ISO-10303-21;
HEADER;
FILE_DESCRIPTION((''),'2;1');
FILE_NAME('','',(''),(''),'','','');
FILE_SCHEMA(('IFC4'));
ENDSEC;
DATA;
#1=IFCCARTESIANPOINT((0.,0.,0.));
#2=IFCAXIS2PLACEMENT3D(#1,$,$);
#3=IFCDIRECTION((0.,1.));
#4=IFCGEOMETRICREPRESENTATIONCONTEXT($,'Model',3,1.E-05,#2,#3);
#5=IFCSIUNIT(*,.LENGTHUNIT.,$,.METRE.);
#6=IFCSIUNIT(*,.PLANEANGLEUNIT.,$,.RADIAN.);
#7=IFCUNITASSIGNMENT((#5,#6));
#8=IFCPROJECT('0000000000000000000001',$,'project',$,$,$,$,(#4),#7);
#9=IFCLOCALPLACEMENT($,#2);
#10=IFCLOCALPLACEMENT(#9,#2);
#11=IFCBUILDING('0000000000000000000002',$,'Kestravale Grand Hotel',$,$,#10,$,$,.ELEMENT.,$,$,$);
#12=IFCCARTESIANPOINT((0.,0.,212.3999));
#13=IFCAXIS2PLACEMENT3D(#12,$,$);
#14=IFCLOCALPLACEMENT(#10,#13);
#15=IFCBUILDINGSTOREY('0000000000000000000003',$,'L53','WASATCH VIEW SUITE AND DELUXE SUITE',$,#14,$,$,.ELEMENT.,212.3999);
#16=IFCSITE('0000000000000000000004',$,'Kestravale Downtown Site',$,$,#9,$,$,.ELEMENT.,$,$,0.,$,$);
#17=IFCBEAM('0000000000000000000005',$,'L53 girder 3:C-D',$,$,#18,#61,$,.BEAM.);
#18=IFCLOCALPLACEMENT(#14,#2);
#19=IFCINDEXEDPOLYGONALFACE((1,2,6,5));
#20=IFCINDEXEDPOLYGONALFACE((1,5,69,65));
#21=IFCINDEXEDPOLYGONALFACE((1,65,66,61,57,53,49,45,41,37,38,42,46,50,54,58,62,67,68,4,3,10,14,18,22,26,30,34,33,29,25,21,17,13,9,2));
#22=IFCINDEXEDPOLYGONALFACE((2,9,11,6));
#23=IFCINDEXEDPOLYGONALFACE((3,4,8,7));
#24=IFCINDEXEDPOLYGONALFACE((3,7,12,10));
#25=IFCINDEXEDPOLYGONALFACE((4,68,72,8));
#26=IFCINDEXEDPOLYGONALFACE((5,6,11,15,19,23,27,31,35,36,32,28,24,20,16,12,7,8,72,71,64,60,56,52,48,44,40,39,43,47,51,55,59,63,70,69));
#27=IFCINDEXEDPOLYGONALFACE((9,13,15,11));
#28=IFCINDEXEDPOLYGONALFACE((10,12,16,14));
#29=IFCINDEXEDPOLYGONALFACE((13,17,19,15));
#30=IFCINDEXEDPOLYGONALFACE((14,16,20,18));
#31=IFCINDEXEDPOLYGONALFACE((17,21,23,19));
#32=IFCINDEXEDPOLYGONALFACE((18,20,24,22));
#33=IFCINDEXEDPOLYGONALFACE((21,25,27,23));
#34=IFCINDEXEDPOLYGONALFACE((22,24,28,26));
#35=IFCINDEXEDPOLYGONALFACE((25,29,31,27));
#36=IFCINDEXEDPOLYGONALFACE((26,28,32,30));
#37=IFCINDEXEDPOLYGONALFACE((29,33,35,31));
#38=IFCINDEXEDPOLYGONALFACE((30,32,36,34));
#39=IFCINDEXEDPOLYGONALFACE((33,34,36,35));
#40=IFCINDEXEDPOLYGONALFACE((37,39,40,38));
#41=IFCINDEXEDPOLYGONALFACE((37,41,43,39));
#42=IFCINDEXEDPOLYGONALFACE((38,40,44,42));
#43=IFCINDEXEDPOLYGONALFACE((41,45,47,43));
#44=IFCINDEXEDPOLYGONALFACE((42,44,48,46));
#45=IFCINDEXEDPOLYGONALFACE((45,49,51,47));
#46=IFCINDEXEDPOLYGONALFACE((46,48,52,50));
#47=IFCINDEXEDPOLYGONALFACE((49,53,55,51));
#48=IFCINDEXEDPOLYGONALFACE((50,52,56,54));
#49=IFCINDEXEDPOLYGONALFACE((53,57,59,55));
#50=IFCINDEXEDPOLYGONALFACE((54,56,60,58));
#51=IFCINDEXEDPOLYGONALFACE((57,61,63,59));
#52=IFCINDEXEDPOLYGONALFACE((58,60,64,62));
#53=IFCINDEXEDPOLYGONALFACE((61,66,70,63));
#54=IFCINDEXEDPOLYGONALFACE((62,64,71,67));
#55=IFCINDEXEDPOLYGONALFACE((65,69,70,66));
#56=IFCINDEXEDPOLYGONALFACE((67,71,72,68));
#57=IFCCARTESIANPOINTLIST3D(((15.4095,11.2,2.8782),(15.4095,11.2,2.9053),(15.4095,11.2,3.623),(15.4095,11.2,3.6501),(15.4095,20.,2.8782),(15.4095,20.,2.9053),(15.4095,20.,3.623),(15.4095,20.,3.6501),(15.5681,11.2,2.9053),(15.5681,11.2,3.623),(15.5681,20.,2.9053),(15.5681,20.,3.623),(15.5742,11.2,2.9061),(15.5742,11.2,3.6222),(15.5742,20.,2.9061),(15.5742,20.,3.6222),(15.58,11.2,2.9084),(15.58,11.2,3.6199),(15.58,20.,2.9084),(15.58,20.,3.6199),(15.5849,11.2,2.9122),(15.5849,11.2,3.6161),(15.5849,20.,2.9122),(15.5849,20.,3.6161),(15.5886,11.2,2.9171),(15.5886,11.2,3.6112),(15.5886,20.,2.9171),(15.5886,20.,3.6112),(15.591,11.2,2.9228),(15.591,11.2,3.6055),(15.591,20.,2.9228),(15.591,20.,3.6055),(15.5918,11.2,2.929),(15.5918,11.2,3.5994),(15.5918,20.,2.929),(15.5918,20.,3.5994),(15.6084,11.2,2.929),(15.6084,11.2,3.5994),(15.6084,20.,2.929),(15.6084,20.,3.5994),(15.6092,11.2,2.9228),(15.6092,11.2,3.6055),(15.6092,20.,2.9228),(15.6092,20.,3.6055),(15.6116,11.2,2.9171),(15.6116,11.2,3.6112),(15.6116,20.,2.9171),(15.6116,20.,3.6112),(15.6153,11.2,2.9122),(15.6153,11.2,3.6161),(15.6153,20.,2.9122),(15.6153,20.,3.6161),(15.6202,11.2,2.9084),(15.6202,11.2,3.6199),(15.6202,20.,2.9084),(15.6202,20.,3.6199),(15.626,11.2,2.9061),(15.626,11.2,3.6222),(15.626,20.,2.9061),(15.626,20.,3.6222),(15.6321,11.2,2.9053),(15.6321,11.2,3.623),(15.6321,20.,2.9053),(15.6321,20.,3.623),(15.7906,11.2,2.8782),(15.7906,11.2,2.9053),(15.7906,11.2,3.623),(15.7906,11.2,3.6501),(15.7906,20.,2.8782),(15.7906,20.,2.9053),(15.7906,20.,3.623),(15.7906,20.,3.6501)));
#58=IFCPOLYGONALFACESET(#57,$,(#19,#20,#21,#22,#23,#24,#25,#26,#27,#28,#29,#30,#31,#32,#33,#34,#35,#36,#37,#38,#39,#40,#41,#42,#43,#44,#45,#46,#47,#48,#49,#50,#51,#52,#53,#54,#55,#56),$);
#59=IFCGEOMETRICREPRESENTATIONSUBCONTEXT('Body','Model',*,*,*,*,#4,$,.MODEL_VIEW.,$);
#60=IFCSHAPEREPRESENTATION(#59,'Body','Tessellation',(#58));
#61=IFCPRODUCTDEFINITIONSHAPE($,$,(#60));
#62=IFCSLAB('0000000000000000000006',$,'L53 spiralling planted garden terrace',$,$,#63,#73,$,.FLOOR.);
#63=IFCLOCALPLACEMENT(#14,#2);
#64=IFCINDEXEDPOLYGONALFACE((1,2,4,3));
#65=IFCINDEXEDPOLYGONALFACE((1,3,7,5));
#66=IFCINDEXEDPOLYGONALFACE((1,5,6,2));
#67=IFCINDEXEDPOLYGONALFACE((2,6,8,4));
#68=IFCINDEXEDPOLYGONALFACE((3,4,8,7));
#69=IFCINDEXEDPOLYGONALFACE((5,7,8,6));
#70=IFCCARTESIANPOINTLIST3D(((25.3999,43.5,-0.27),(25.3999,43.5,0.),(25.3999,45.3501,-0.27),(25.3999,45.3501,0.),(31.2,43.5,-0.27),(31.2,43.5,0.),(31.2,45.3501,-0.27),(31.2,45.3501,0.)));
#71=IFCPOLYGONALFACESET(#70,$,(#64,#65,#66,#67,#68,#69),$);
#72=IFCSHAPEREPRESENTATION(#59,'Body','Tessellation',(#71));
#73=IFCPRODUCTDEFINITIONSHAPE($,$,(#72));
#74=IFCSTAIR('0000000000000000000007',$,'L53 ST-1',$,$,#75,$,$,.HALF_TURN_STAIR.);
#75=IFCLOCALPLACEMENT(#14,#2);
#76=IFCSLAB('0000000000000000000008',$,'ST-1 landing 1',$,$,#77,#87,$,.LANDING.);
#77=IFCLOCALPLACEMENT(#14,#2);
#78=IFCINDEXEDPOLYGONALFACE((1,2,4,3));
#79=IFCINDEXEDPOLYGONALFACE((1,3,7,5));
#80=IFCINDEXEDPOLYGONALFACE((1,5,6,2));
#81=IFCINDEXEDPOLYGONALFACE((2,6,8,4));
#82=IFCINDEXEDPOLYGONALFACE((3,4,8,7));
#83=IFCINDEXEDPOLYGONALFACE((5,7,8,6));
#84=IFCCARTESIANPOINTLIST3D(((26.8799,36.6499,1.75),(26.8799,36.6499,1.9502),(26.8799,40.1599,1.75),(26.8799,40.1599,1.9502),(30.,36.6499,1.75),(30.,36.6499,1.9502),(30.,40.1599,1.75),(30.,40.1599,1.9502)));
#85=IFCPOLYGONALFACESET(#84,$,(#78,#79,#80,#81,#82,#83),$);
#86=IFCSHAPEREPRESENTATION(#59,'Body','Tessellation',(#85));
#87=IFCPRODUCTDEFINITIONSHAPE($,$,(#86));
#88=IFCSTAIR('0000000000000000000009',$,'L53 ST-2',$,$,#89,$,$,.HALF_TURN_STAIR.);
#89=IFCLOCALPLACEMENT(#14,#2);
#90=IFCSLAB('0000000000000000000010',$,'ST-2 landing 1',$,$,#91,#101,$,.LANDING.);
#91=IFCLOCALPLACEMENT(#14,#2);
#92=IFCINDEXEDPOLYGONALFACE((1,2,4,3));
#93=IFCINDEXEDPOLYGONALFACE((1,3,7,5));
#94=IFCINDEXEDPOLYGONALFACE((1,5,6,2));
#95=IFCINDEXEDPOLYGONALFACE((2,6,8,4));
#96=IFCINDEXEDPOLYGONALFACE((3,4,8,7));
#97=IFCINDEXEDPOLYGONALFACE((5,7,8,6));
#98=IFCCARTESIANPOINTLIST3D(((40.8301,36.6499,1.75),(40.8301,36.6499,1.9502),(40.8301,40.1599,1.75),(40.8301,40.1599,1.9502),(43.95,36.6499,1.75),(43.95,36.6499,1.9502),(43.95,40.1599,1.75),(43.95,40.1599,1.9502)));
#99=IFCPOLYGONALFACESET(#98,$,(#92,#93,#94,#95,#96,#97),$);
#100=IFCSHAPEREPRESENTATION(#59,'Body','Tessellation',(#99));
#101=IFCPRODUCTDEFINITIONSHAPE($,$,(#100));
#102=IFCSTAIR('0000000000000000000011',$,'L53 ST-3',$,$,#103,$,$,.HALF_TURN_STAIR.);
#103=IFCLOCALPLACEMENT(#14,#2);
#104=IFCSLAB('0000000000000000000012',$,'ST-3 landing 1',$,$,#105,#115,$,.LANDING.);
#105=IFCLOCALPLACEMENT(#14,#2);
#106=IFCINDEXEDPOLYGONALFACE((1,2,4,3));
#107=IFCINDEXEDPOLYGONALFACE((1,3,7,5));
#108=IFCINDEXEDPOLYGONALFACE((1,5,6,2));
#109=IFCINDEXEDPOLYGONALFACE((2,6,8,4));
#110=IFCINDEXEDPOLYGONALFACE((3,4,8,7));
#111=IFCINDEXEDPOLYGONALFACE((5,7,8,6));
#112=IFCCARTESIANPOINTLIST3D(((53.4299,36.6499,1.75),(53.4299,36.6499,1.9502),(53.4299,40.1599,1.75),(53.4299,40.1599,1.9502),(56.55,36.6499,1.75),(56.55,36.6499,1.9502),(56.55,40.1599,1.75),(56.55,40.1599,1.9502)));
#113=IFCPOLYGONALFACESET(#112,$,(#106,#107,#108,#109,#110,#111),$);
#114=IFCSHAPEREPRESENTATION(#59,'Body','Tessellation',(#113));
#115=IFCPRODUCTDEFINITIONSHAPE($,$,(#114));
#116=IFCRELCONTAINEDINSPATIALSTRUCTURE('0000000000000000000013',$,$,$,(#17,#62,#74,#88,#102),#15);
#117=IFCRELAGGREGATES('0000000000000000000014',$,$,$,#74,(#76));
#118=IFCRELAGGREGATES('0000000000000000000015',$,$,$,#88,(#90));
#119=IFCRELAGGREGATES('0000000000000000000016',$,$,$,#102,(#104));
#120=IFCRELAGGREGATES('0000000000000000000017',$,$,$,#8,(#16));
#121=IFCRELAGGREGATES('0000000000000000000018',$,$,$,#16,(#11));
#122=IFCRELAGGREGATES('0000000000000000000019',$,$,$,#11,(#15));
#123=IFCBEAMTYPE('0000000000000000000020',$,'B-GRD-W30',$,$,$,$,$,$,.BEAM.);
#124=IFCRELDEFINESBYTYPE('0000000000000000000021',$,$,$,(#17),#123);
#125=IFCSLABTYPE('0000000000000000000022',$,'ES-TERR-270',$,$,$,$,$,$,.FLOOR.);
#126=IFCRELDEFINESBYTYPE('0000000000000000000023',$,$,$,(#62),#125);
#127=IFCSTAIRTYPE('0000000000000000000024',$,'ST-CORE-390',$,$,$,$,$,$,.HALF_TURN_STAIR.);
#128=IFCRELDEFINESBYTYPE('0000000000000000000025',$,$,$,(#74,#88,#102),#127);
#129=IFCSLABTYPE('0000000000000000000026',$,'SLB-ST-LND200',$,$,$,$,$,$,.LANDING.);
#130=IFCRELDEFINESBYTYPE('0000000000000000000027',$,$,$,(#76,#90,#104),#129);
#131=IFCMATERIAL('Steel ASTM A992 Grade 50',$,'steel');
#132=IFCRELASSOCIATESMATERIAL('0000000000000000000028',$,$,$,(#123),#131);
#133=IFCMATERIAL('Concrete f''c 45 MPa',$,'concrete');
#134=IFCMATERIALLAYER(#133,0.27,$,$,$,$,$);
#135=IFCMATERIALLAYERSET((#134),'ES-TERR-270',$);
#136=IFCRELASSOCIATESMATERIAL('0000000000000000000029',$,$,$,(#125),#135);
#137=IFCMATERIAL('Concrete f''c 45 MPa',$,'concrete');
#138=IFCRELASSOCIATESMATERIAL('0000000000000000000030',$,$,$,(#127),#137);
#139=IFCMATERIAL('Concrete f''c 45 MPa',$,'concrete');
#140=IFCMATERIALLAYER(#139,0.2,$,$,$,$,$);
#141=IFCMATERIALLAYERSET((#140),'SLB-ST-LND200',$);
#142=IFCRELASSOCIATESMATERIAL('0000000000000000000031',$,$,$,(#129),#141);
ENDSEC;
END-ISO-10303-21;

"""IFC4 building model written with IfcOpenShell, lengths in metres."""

from ifc_helpers import new_model, si_unit, direction, frame, origin, origin_2d, place, context, subcontext, project, spatial, polyline, i_section, outline, extrude, material, layer, layer_set, material_profile, profile_set, type_object, element, aggregate, save


model = new_model("IFC4")

# Units and contexts
model_context = context("Model", 3, precision=1e-05, world=origin(), true_north=direction((0.0, 1.0)))
body_context = subcontext(model_context, "Body", "Model", "MODEL_VIEW")
ifc_project = project(units=[si_unit("LENGTHUNIT", "METRE"), si_unit("PLANEANGLEUNIT", "RADIAN")], contexts=[model_context])

# Site, building, storey
site_placement = place(None, origin())
site = spatial("IfcSite", under=ifc_project, at=site_placement, Name="Kestravale Downtown Site", CompositionType="ELEMENT", RefElevation=0.0)
building_placement = place(site_placement, origin())
building = spatial("IfcBuilding", under=site, at=building_placement, Name="Kestravale Grand Hotel", CompositionType="ELEMENT")
storey_placement = place(building_placement, frame((0.0, 0.0, 212.3999)))
storey = spatial("IfcBuildingStorey", under=building, at=storey_placement, Name="L53", Description="WASATCH VIEW SUITE AND DELUXE SUITE", CompositionType="ELEMENT", Elevation=212.3999)

# Beam
ifc_material_1 = material(Name="Steel ASTM A992 Grade 50", Category="steel")
ifc_material_profile_1 = material_profile(ifc_material_1, i_section(OverallWidth=0.3811, OverallDepth=0.772, WebThickness=0.0166, FlangeThickness=0.0271, FilletRadius=0.0237, at=origin_2d()))
ifc_profile_set_1 = profile_set([ifc_material_profile_1], Name="Steel ASTM A992 Grade 50")
beam_type_1 = type_object("IfcBeamType", Name="B-GRD-W30", PredefinedType="BEAM", material=ifc_profile_set_1)
beam_1_placement = place(storey_placement, frame((15.6001, 11.2, 3.2642), z_axis=(0.0, 1.0, 0.0), x_axis=(-1.0, 0.0, 0.0)))
element("IfcBeam", 1, at=beam_1_placement, inside=storey, type_object=beam_type_1, Name="L53 girder 3:C-D", PredefinedType="BEAM", context=body_context, shape_type="SweptSolid", body=[
    extrude(i_section(OverallWidth=0.3811, OverallDepth=0.772, WebThickness=0.0166, FlangeThickness=0.0271, FilletRadius=0.0237, at=origin_2d()), origin(), (0.0, 0.0, 1.0), 8.8),
])

# Slab
ifc_material_2 = material(Name="Concrete f'c 45 MPa", Category="concrete")
ifc_layer_1 = layer(ifc_material_2, 0.27)
ifc_layer_set_1 = layer_set([ifc_layer_1], Name="ES-TERR-270")
slab_type_1 = type_object("IfcSlabType", Name="ES-TERR-270", PredefinedType="FLOOR", material=ifc_layer_set_1)
slab_1_placement = place(storey_placement, frame((0.0, 0.0, -0.27)))
element("IfcSlab", 2, at=slab_1_placement, inside=storey, type_object=slab_type_1, Name="L53 spiralling planted garden terrace", PredefinedType="FLOOR", context=body_context, shape_type="SweptSolid", body=[
    extrude(outline(polyline([(25.3999, 43.5), (31.2, 43.5), (31.2, 45.3501), (25.3999, 45.3501), (25.3999, 43.5)])), origin(), (0.0, 0.0, 1.0), 0.27),
])

# Stairs, slabs
ifc_material_3 = material(Name="Concrete f'c 45 MPa", Category="concrete")
stair_type = type_object("IfcStairType", Name="ST-CORE-390", PredefinedType="HALF_TURN_STAIR", material=ifc_material_3)
stair_1_placement = place(storey_placement, origin())
stair_1 = element("IfcStair", 3, at=stair_1_placement, inside=storey, type_object=stair_type, Name="L53 ST-1", PredefinedType="HALF_TURN_STAIR")
ifc_material_4 = material(Name="Concrete f'c 45 MPa", Category="concrete")
ifc_layer_2 = layer(ifc_material_4, 0.2)
ifc_layer_set_2 = layer_set([ifc_layer_2], Name="SLB-ST-LND200")
slab_type_2 = type_object("IfcSlabType", Name="SLB-ST-LND200", PredefinedType="LANDING", material=ifc_layer_set_2)
slab_2_placement = place(storey_placement, frame((0.0, 0.0, 1.75)))
slab_2 = element("IfcSlab", 4, at=slab_2_placement, type_object=slab_type_2, Name="ST-1 landing 1", PredefinedType="LANDING", context=body_context, shape_type="SweptSolid", body=[
    extrude(outline(polyline([(26.8799, 36.6499), (30.0, 36.6499), (30.0, 40.1599), (26.8799, 40.1599), (26.8799, 36.6499)])), origin(), (0.0, 0.0, 1.0), 0.2002),
])
aggregate(stair_1, [slab_2])
stair_2_placement = place(storey_placement, origin())
stair_2 = element("IfcStair", 5, at=stair_2_placement, inside=storey, type_object=stair_type, Name="L53 ST-2", PredefinedType="HALF_TURN_STAIR")
slab_3_placement = place(storey_placement, frame((0.0, 0.0, 1.75)))
slab_3 = element("IfcSlab", 6, at=slab_3_placement, type_object=slab_type_2, Name="ST-2 landing 1", PredefinedType="LANDING", context=body_context, shape_type="SweptSolid", body=[
    extrude(outline(polyline([(40.8301, 36.6499), (43.95, 36.6499), (43.95, 40.1599), (40.8301, 40.1599), (40.8301, 36.6499)])), origin(), (0.0, 0.0, 1.0), 0.2002),
])
aggregate(stair_2, [slab_3])
stair_3_placement = place(storey_placement, origin())
stair_3 = element("IfcStair", 7, at=stair_3_placement, inside=storey, type_object=stair_type, Name="L53 ST-3", PredefinedType="HALF_TURN_STAIR")
slab_4_placement = place(storey_placement, frame((0.0, 0.0, 1.75)))
slab_4 = element("IfcSlab", 8, at=slab_4_placement, type_object=slab_type_2, Name="ST-3 landing 1", PredefinedType="LANDING", context=body_context, shape_type="SweptSolid", body=[
    extrude(outline(polyline([(53.4299, 36.6499), (56.55, 36.6499), (56.55, 40.1599), (53.4299, 40.1599), (53.4299, 36.6499)])), origin(), (0.0, 0.0, 1.0), 0.2002),
])
aggregate(stair_3, [slab_4])

save(model, "model.ifc")
